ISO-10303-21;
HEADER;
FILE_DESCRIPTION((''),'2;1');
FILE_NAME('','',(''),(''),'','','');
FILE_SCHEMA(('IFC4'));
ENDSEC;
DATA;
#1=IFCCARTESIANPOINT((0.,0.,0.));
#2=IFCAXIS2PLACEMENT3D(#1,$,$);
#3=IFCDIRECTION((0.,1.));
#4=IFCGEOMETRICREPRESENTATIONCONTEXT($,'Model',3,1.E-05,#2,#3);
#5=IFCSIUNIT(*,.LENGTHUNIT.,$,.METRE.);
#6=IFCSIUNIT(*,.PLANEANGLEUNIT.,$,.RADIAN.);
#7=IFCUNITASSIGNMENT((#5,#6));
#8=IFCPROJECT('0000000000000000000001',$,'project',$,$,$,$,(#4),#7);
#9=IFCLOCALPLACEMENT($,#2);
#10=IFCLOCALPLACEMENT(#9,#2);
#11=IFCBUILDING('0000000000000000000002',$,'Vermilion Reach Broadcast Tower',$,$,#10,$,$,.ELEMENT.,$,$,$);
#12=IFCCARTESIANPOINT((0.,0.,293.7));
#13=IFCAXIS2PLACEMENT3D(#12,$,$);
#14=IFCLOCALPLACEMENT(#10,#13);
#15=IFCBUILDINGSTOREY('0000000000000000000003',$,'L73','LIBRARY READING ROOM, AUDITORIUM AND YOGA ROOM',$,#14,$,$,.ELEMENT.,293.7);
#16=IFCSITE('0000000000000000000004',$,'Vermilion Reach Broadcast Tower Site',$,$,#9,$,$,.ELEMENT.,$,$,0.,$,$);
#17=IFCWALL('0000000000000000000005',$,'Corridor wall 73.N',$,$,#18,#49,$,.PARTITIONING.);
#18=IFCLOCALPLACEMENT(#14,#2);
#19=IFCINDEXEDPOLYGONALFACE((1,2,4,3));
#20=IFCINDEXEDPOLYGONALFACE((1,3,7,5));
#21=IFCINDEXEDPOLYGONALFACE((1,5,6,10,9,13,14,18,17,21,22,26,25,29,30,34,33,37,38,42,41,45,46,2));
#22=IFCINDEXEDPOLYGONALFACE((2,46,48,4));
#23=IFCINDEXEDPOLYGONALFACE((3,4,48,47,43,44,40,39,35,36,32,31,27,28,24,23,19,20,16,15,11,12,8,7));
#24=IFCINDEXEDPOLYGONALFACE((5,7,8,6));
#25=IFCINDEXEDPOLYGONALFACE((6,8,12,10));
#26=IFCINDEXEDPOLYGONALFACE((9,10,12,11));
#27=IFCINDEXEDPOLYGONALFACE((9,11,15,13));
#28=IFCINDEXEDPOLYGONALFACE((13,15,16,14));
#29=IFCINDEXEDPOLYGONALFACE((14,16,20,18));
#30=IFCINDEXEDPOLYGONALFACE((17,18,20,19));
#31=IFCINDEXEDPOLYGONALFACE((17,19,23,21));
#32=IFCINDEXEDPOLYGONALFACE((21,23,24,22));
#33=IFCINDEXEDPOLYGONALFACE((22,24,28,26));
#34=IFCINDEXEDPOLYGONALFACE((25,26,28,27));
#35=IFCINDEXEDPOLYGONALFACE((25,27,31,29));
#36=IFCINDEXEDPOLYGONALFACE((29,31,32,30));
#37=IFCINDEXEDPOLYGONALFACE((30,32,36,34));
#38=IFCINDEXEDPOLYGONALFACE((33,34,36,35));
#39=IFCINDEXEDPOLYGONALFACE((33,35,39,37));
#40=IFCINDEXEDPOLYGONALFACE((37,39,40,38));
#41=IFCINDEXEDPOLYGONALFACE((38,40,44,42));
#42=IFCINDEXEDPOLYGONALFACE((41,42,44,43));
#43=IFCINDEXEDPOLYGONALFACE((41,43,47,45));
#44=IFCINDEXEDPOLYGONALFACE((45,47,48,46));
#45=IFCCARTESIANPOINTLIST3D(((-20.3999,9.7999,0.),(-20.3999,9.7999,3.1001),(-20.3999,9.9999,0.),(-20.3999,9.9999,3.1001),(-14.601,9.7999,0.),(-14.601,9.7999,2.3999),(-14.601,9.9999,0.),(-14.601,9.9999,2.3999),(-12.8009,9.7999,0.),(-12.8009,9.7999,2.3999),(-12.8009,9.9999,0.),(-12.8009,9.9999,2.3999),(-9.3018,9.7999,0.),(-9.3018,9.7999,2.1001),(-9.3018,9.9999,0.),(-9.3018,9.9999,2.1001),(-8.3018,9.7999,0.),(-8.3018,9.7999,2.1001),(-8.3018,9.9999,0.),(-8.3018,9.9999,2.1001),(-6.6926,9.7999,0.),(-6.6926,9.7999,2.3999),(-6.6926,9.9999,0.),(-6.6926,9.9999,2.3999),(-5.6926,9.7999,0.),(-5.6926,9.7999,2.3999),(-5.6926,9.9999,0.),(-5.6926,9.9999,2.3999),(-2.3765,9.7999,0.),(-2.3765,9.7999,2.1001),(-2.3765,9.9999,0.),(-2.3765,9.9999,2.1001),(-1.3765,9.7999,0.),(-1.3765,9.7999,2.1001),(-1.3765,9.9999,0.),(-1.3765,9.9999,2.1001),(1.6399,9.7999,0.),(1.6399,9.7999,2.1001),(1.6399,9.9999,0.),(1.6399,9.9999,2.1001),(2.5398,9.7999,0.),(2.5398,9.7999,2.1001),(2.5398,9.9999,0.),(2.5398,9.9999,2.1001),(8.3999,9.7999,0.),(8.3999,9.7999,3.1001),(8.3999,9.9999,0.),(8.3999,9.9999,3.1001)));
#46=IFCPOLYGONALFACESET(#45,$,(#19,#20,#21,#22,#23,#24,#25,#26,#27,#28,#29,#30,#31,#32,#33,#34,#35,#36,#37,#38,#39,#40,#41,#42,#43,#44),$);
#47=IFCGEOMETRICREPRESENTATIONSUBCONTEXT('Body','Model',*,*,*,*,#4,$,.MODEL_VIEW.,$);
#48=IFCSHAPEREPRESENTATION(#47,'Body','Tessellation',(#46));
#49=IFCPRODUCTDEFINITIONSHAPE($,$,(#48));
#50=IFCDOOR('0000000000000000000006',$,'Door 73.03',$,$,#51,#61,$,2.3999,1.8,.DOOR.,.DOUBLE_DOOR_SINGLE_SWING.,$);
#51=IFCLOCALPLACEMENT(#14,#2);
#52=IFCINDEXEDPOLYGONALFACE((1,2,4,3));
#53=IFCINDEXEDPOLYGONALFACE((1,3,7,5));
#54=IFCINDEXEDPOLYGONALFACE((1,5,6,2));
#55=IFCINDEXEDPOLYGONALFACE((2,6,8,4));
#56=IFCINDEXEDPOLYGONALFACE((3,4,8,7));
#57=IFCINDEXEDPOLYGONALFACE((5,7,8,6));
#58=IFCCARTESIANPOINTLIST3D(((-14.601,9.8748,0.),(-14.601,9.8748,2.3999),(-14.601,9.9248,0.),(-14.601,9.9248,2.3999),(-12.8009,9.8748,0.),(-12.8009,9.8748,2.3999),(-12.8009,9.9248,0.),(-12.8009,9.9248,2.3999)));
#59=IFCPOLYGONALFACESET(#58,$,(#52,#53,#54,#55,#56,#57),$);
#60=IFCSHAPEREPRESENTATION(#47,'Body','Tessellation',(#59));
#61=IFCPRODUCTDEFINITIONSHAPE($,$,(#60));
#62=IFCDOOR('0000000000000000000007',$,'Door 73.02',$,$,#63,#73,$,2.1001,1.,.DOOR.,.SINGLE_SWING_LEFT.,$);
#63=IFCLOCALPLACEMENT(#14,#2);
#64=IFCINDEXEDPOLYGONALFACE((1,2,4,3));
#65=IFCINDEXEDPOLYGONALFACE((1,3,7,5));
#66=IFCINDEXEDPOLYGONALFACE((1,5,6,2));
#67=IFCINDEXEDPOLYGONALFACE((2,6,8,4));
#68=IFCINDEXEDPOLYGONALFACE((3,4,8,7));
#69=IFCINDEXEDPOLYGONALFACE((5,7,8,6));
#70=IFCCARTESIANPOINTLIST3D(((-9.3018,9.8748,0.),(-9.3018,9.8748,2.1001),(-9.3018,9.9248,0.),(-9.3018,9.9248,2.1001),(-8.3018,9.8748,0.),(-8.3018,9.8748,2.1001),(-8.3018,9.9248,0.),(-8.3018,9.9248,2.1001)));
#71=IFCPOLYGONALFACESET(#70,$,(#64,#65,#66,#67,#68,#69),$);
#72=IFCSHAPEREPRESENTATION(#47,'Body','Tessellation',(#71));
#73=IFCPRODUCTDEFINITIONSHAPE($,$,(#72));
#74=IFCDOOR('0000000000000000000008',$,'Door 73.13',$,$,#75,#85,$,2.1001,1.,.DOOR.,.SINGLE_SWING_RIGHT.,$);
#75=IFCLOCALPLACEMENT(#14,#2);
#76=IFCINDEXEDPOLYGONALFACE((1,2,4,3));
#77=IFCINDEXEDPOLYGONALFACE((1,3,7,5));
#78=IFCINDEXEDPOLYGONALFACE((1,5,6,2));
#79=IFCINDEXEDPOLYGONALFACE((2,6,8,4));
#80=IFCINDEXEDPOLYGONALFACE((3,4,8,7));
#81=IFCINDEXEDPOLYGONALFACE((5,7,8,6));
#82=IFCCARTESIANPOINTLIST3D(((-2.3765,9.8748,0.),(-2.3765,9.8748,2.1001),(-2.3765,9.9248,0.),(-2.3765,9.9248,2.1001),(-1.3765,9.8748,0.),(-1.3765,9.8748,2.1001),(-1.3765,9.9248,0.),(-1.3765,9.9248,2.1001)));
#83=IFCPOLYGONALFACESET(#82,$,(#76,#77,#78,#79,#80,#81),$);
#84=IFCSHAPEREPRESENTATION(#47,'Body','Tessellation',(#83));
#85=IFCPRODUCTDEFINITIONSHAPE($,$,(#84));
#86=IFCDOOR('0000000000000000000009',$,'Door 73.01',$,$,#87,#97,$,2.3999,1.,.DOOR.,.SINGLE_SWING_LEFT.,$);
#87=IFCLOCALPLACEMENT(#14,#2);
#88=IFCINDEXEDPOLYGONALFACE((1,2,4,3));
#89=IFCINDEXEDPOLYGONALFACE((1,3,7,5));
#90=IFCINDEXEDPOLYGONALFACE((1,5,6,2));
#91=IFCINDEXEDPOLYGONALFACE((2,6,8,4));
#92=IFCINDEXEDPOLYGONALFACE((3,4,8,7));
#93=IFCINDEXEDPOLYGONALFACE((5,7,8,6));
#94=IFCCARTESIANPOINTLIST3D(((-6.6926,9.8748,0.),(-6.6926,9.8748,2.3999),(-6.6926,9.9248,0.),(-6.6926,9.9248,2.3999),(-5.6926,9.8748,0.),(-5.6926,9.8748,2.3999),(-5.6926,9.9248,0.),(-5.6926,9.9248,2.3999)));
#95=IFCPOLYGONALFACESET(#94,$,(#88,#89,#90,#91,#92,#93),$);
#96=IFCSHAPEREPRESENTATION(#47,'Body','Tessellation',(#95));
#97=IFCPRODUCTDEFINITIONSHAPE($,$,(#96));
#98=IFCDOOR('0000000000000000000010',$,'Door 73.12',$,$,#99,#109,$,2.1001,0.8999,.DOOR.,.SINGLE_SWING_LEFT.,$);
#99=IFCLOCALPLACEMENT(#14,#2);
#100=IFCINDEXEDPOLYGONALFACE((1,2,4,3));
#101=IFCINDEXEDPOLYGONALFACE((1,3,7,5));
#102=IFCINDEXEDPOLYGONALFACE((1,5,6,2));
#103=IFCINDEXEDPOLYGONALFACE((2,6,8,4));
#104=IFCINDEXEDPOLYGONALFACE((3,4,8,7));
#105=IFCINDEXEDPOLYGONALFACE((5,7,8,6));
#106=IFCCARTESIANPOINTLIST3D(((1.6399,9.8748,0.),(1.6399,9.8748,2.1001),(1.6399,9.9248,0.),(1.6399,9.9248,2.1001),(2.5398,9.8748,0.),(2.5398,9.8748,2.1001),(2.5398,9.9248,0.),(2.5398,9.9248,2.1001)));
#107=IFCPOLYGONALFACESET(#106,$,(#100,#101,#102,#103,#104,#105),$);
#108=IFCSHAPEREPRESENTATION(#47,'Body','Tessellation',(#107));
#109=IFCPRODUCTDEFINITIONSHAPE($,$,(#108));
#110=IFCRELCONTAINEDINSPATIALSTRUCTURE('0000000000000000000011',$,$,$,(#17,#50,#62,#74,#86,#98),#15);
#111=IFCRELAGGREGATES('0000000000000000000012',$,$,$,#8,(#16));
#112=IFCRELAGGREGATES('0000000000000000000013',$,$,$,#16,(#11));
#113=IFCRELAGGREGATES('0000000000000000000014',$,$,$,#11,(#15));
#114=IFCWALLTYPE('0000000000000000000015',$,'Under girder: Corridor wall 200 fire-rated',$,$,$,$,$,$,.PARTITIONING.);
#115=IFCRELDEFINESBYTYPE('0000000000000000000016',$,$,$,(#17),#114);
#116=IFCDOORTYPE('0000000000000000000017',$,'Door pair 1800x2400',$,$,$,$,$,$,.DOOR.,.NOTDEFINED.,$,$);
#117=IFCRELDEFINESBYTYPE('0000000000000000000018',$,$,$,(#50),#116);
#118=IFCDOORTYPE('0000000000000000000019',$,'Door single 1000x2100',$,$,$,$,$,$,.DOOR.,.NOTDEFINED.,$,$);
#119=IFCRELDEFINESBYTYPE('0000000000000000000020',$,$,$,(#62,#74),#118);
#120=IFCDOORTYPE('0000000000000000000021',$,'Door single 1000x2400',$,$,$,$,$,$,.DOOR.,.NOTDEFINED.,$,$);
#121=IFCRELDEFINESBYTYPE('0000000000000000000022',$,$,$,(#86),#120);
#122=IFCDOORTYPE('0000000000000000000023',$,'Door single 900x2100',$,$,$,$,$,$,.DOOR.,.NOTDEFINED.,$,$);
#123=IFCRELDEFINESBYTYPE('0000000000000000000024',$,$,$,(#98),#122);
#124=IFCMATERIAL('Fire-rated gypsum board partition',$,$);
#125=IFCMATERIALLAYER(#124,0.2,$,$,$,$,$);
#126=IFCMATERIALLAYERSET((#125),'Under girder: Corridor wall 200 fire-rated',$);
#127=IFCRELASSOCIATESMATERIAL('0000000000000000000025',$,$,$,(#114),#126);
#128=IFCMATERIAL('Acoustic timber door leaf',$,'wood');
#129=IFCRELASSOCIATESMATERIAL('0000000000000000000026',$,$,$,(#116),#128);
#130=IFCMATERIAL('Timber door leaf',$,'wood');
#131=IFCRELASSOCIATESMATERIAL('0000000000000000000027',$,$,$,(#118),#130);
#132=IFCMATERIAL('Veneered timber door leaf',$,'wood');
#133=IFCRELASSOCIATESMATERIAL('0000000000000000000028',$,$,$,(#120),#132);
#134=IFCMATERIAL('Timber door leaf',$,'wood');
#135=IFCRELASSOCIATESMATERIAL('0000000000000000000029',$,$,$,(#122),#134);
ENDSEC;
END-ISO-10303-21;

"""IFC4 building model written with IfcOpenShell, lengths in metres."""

from ifc_helpers import new_model, si_unit, direction, frame, frame_2d, origin, place, context, subcontext, project, spatial, rectangle, extrude, material, layer, layer_set, type_object, element, fill, save


model = new_model("IFC4")

# Units and contexts
model_context = context("Model", 3, precision=1e-05, world=origin(), true_north=direction((0.0, 1.0)))
body_context = subcontext(model_context, "Body", "Model", "MODEL_VIEW")
ifc_project = project(units=[si_unit("LENGTHUNIT", "METRE"), si_unit("PLANEANGLEUNIT", "RADIAN")], contexts=[model_context])

# Site, building, storey
site_placement = place(None, origin())
site = spatial("IfcSite", under=ifc_project, at=site_placement, Name="Vermilion Reach Broadcast Tower Site", CompositionType="ELEMENT", RefElevation=0.0)
building_placement = place(site_placement, origin())
building = spatial("IfcBuilding", under=site, at=building_placement, Name="Vermilion Reach Broadcast Tower", CompositionType="ELEMENT")
storey_placement = place(building_placement, frame((0.0, 0.0, 293.7)))
storey = spatial("IfcBuildingStorey", under=building, at=storey_placement, Name="L73", Description="LIBRARY READING ROOM, AUDITORIUM AND YOGA ROOM", CompositionType="ELEMENT", Elevation=293.7)

# Wall, openings, doors
ifc_material_1 = material(Name="Fire-rated gypsum board partition")
ifc_layer_1 = layer(ifc_material_1, 0.2)
ifc_layer_set_1 = layer_set([ifc_layer_1], Name="Under girder: Corridor wall 200 fire-rated")
wall_type_1 = type_object("IfcWallType", Name="Under girder: Corridor wall 200 fire-rated", PredefinedType="PARTITIONING", material=ifc_layer_set_1)
wall_1_placement = place(storey_placement, frame((-20.3999, 9.8999, 0.0), z_axis=(0.0, 0.0, 1.0), x_axis=(1.0, 0.0, 0.0)))
wall_1 = element("IfcWall", 1, at=wall_1_placement, inside=storey, type_object=wall_type_1, Name="Corridor wall 73.N", PredefinedType="PARTITIONING", context=body_context, shape_type="SweptSolid", body=[
    extrude(rectangle(XDim=28.7998, YDim=0.2, at=frame_2d((14.3999, 0.0))), origin(), (0.0, 0.0, 1.0), 3.1001),
])
opening_1_placement = place(wall_1_placement, frame((13.7073, 0.0, 0.0)))
opening_1 = element("IfcOpeningElement", 2, at=opening_1_placement, cuts=wall_1, PredefinedType="OPENING", context=body_context, shape_type="SweptSolid", body=[
    extrude(rectangle(XDim=1.0, YDim=2.3999, at=frame_2d((0.5, 1.2))), frame((0.0, 0.1099, 0.0), z_axis=(0.0, -1.0, 0.0), x_axis=(1.0, 0.0, 0.0)), (0.0, 0.0, 1.0), 0.22),
])
opening_2_placement = place(wall_1_placement, frame((11.0981, 0.0, 0.0)))
opening_2 = element("IfcOpeningElement", 3, at=opening_2_placement, cuts=wall_1, PredefinedType="OPENING", context=body_context, shape_type="SweptSolid", body=[
    extrude(rectangle(XDim=1.0, YDim=2.1001, at=frame_2d((0.5, 1.05))), frame((0.0, 0.1099, 0.0), z_axis=(0.0, -1.0, 0.0), x_axis=(1.0, 0.0, 0.0)), (0.0, 0.0, 1.0), 0.22),
])
opening_3_placement = place(wall_1_placement, frame((5.7991, 0.0, 0.0)))
opening_3 = element("IfcOpeningElement", 4, at=opening_3_placement, cuts=wall_1, PredefinedType="OPENING", context=body_context, shape_type="SweptSolid", body=[
    extrude(rectangle(XDim=1.8, YDim=2.3999, at=frame_2d((0.8999, 1.2))), frame((0.0, 0.1099, 0.0), z_axis=(0.0, -1.0, 0.0), x_axis=(1.0, 0.0, 0.0)), (0.0, 0.0, 1.0), 0.22),
])
opening_4_placement = place(wall_1_placement, frame((22.0398, 0.0, 0.0)))
opening_4 = element("IfcOpeningElement", 5, at=opening_4_placement, cuts=wall_1, PredefinedType="OPENING", context=body_context, shape_type="SweptSolid", body=[
    extrude(rectangle(XDim=0.8999, YDim=2.1001, at=frame_2d((0.45, 1.05))), frame((0.0, 0.1099, 0.0), z_axis=(0.0, -1.0, 0.0), x_axis=(1.0, 0.0, 0.0)), (0.0, 0.0, 1.0), 0.22),
])
opening_5_placement = place(wall_1_placement, frame((18.0234, 0.0, 0.0)))
opening_5 = element("IfcOpeningElement", 6, at=opening_5_placement, cuts=wall_1, PredefinedType="OPENING", context=body_context, shape_type="SweptSolid", body=[
    extrude(rectangle(XDim=1.0, YDim=2.1001, at=frame_2d((0.5, 1.05))), frame((0.0, 0.1099, 0.0), z_axis=(0.0, -1.0, 0.0), x_axis=(1.0, 0.0, 0.0)), (0.0, 0.0, 1.0), 0.22),
])
ifc_material_2 = material(Name="Acoustic timber door leaf", Category="wood")
door_type_1 = type_object("IfcDoorType", Name="Door pair 1800x2400", OperationType="NOTDEFINED", PredefinedType="DOOR", material=ifc_material_2)
door_1_placement = place(opening_3_placement, origin())
door_1 = element("IfcDoor", 7, at=door_1_placement, inside=storey, type_object=door_type_1, Name="Door 73.03", OperationType="DOUBLE_DOOR_SINGLE_SWING", OverallHeight=2.3999, OverallWidth=1.8, PredefinedType="DOOR", context=body_context, shape_type="SweptSolid", body=[
    extrude(rectangle(XDim=1.8, YDim=2.3999, at=frame_2d((0.8999, 1.2))), frame((0.0, 0.0249, 0.0), z_axis=(0.0, -1.0, 0.0), x_axis=(1.0, 0.0, 0.0)), (0.0, 0.0, 1.0), 0.05),
])
fill(opening_3, door_1)
ifc_material_3 = material(Name="Timber door leaf", Category="wood")
door_type_2 = type_object("IfcDoorType", Name="Door single 1000x2100", OperationType="NOTDEFINED", PredefinedType="DOOR", material=ifc_material_3)
door_2_placement = place(opening_2_placement, origin())
door_2 = element("IfcDoor", 8, at=door_2_placement, inside=storey, type_object=door_type_2, Name="Door 73.02", OperationType="SINGLE_SWING_LEFT", OverallHeight=2.1001, OverallWidth=1.0, PredefinedType="DOOR", context=body_context, shape_type="SweptSolid", body=[
    extrude(rectangle(XDim=1.0, YDim=2.1001, at=frame_2d((0.5, 1.05))), frame((0.0, 0.0249, 0.0), z_axis=(0.0, -1.0, 0.0), x_axis=(1.0, 0.0, 0.0)), (0.0, 0.0, 1.0), 0.05),
])
fill(opening_2, door_2)
door_3_placement = place(opening_5_placement, origin())
door_3 = element("IfcDoor", 9, at=door_3_placement, inside=storey, type_object=door_type_2, Name="Door 73.13", OperationType="SINGLE_SWING_RIGHT", OverallHeight=2.1001, OverallWidth=1.0, PredefinedType="DOOR", context=body_context, shape_type="SweptSolid", body=[
    extrude(rectangle(XDim=1.0, YDim=2.1001, at=frame_2d((0.5, 1.05))), frame((0.0, 0.0249, 0.0), z_axis=(0.0, -1.0, 0.0), x_axis=(1.0, 0.0, 0.0)), (0.0, 0.0, 1.0), 0.05),
])
fill(opening_5, door_3)
ifc_material_4 = material(Name="Veneered timber door leaf", Category="wood")
door_type_3 = type_object("IfcDoorType", Name="Door single 1000x2400", OperationType="NOTDEFINED", PredefinedType="DOOR", material=ifc_material_4)
door_4_placement = place(opening_1_placement, origin())
door_4 = element("IfcDoor", 10, at=door_4_placement, inside=storey, type_object=door_type_3, Name="Door 73.01", OperationType="SINGLE_SWING_LEFT", OverallHeight=2.3999, OverallWidth=1.0, PredefinedType="DOOR", context=body_context, shape_type="SweptSolid", body=[
    extrude(rectangle(XDim=1.0, YDim=2.3999, at=frame_2d((0.5, 1.2))), frame((0.0, 0.0249, 0.0), z_axis=(0.0, -1.0, 0.0), x_axis=(1.0, 0.0, 0.0)), (0.0, 0.0, 1.0), 0.05),
])
fill(opening_1, door_4)
ifc_material_5 = material(Name="Timber door leaf", Category="wood")
door_type_4 = type_object("IfcDoorType", Name="Door single 900x2100", OperationType="NOTDEFINED", PredefinedType="DOOR", material=ifc_material_5)
door_5_placement = place(opening_4_placement, origin())
door_5 = element("IfcDoor", 11, at=door_5_placement, inside=storey, type_object=door_type_4, Name="Door 73.12", OperationType="SINGLE_SWING_LEFT", OverallHeight=2.1001, OverallWidth=0.8999, PredefinedType="DOOR", context=body_context, shape_type="SweptSolid", body=[
    extrude(rectangle(XDim=0.8999, YDim=2.1001, at=frame_2d((0.45, 1.05))), frame((0.0, 0.0249, 0.0), z_axis=(0.0, -1.0, 0.0), x_axis=(1.0, 0.0, 0.0)), (0.0, 0.0, 1.0), 0.05),
])
fill(opening_4, door_5)

save(model, "model.ifc")
